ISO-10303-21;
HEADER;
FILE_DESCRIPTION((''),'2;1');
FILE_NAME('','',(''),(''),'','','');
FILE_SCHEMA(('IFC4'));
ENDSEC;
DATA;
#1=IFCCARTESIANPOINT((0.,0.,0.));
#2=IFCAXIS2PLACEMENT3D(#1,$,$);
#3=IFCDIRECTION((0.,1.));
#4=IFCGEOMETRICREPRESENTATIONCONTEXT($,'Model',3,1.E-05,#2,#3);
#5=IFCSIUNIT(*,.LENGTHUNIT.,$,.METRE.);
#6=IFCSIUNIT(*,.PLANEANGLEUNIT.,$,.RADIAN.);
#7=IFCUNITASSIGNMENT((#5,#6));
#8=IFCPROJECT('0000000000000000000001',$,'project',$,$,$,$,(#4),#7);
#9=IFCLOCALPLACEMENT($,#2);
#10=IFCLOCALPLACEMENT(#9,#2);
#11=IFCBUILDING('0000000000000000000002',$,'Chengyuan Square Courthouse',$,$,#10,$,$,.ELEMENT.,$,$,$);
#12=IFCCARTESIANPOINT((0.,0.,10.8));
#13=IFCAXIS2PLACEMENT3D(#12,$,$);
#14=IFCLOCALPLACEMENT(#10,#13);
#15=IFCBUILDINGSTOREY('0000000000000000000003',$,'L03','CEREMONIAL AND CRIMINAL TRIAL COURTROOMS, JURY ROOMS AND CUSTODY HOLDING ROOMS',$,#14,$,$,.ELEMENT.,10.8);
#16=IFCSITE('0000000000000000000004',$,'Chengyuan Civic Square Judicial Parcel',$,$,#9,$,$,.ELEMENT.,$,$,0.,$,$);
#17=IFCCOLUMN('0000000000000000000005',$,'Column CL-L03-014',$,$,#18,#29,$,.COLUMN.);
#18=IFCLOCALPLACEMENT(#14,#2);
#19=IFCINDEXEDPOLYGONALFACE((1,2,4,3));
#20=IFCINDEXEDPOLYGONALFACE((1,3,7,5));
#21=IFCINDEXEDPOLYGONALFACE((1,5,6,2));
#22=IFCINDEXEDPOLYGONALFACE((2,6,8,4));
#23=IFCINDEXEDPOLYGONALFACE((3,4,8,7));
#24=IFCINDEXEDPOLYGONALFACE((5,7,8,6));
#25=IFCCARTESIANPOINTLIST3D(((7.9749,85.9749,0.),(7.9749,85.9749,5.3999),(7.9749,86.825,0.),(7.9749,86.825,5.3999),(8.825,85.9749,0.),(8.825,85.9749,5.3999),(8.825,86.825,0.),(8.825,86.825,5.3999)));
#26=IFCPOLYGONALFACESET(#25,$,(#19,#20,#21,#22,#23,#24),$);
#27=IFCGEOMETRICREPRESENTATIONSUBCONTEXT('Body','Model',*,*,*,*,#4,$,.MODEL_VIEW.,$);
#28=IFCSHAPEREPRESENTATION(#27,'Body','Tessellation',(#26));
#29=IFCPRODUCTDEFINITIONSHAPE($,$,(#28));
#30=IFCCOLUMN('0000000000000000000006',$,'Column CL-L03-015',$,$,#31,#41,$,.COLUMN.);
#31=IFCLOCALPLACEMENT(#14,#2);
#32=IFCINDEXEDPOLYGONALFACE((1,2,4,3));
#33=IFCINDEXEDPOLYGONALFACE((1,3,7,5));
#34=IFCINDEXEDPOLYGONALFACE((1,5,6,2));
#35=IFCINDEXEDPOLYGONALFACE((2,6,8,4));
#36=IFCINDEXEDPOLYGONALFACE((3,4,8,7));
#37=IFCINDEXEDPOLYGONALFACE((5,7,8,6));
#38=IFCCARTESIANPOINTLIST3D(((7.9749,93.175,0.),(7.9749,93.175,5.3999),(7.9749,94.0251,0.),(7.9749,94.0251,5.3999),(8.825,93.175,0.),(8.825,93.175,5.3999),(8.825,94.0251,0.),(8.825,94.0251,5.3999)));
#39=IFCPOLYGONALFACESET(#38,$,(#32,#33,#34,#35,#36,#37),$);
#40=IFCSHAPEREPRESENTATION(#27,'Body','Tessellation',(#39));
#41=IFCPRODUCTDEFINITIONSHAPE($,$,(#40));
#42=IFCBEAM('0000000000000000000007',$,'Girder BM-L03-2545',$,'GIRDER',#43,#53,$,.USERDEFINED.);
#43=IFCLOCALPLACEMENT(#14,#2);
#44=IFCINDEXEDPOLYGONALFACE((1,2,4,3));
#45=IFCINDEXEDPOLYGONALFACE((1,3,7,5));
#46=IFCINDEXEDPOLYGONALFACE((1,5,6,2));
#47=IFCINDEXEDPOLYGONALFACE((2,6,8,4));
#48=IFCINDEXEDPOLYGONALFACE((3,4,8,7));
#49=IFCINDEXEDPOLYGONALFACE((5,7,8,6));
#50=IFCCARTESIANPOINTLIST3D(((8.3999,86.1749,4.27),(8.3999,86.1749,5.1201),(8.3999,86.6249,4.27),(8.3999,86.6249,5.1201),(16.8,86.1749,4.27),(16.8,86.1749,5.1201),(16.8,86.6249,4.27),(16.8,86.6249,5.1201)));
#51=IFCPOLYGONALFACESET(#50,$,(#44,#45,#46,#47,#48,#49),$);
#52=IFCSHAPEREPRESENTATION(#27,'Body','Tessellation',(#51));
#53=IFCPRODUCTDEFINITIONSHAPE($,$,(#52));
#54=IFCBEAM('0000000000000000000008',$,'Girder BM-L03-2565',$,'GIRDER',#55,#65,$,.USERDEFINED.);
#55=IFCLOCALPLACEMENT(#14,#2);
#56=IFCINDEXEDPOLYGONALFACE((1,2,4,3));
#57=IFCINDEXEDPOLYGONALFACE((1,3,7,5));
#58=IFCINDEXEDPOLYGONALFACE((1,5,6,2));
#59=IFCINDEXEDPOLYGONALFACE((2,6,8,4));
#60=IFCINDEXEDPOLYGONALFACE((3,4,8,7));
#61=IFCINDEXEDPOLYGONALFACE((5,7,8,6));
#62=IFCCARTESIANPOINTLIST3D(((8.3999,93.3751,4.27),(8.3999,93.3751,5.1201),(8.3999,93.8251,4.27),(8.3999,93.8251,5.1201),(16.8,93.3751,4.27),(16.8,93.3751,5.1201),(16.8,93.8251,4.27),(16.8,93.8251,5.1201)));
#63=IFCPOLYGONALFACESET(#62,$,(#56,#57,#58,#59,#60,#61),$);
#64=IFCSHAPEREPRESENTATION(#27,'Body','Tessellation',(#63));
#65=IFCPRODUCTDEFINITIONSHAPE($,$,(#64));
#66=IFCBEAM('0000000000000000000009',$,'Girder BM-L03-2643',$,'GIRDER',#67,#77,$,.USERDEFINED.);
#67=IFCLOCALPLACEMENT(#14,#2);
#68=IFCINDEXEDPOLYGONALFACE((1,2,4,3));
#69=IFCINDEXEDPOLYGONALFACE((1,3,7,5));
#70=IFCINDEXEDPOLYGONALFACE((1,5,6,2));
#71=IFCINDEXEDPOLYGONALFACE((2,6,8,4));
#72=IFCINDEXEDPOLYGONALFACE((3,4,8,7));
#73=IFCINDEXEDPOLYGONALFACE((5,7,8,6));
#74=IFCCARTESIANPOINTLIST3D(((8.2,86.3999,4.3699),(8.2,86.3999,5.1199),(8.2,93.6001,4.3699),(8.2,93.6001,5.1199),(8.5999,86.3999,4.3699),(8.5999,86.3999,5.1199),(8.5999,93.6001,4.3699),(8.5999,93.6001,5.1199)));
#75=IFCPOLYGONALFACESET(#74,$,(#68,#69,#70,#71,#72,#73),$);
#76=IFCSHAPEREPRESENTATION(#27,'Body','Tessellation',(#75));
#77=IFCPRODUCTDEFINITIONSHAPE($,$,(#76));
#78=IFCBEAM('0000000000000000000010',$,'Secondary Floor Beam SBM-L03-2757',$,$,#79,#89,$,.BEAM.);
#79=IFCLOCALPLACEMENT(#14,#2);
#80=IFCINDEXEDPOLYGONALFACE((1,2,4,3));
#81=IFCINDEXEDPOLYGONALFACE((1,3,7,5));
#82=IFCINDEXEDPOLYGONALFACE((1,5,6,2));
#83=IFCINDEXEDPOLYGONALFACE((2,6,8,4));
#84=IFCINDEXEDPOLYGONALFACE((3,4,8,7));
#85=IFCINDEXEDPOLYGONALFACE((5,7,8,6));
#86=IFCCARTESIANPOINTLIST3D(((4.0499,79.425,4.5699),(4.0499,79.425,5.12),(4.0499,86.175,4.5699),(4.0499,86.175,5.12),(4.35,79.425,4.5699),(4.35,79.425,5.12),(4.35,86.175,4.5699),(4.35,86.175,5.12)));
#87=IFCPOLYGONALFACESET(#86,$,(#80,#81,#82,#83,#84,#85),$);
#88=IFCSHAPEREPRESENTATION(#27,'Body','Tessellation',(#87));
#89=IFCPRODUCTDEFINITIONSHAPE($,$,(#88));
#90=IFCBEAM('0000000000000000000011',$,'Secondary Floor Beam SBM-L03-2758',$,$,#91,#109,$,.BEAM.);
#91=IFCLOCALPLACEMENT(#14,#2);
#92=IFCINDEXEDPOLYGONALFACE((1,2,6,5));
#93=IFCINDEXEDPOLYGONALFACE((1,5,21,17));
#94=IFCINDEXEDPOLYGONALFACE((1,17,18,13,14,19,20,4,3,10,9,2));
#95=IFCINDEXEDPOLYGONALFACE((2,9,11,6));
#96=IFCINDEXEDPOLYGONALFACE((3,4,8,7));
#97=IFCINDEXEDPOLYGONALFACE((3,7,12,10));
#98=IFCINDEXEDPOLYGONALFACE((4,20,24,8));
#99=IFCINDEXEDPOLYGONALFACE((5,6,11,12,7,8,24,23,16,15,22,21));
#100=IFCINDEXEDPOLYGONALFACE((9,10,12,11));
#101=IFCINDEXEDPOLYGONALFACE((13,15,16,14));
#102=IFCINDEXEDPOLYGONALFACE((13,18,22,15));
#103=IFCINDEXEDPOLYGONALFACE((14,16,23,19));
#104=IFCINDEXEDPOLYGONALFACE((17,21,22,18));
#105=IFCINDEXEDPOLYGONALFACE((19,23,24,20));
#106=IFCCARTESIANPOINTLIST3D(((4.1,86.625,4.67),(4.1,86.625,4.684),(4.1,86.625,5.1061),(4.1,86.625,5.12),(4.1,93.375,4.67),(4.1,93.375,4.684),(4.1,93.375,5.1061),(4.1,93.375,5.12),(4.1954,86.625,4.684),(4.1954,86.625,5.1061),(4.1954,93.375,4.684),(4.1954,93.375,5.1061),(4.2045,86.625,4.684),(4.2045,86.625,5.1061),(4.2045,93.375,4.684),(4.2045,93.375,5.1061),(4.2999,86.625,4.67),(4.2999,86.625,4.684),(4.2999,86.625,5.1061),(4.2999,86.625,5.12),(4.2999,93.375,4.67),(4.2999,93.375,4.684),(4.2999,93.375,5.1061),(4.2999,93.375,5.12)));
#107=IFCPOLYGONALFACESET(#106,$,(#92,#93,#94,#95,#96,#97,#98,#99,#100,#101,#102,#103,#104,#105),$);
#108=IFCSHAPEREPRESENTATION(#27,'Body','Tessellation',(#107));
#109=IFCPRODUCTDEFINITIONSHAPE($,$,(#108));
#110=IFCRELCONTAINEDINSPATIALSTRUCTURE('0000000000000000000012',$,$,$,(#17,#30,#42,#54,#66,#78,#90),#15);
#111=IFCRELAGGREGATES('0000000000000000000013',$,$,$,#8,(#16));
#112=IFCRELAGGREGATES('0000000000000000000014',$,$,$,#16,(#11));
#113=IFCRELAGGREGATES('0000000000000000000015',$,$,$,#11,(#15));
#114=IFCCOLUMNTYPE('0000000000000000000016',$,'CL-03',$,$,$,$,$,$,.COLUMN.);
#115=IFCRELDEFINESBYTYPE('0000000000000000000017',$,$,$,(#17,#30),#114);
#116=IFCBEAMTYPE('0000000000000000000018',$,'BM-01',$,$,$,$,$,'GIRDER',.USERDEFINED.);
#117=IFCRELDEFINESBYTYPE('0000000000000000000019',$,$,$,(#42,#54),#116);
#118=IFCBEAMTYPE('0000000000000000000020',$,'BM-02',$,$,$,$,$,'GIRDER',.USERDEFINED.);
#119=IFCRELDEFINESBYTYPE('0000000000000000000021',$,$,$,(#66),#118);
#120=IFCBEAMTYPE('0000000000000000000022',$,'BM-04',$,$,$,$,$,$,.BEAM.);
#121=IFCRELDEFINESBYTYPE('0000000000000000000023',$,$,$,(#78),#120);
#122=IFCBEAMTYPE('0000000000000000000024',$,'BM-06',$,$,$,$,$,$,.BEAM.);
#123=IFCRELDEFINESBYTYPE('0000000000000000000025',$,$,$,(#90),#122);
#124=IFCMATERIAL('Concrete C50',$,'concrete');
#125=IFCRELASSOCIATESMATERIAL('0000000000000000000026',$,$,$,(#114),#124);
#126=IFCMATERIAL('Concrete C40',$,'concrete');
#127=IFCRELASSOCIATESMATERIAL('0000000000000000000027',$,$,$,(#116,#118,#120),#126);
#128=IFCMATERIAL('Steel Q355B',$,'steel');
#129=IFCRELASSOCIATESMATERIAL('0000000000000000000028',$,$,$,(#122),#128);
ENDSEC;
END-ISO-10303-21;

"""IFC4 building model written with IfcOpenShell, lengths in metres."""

from ifc_helpers import new_model, si_unit, direction, frame, origin, origin_2d, place, context, subcontext, project, spatial, rectangle, i_section, extrude, material, material_profile, profile_set, type_object, element, save


model = new_model("IFC4")

# Units and contexts
model_context = context("Model", 3, precision=1e-05, world=origin(), true_north=direction((0.0, 1.0)))
body_context = subcontext(model_context, "Body", "Model", "MODEL_VIEW")
ifc_project = project(units=[si_unit("LENGTHUNIT", "METRE"), si_unit("PLANEANGLEUNIT", "RADIAN")], contexts=[model_context])

# Site, building, storey
site_placement = place(None, origin())
site = spatial("IfcSite", under=ifc_project, at=site_placement, Name="Chengyuan Civic Square Judicial Parcel", CompositionType="ELEMENT", RefElevation=0.0)
building_placement = place(site_placement, origin())
building = spatial("IfcBuilding", under=site, at=building_placement, Name="Chengyuan Square Courthouse", CompositionType="ELEMENT")
storey_placement = place(building_placement, frame((0.0, 0.0, 10.8)))
storey = spatial("IfcBuildingStorey", under=building, at=storey_placement, Name="L03", Description="CEREMONIAL AND CRIMINAL TRIAL COURTROOMS, JURY ROOMS AND CUSTODY HOLDING ROOMS", CompositionType="ELEMENT", Elevation=10.8)

# Columns
ifc_material_1 = material(Name="Concrete C50", Category="concrete")
ifc_material_profile_1 = material_profile(ifc_material_1, rectangle(XDim=0.8501, YDim=0.8501, at=origin_2d()), Name="RC-COL-850x850")
ifc_profile_set_1 = profile_set([ifc_material_profile_1], Name="Concrete C50")
column_type = type_object("IfcColumnType", Name="CL-03", PredefinedType="COLUMN", material=ifc_profile_set_1)
for number, where, z_axis, x_axis, name in (
    (1, (8.3999, 86.3999, 0.0), (0.0, 0.0, 1.0), (1.0, 0.0, 0.0), "Column CL-L03-014"),
    (2, (8.3999, 93.6001, 0.0), (0.0, 0.0, 1.0), (1.0, 0.0, 0.0), "Column CL-L03-015"),
):
    element("IfcColumn", number, at=place(storey_placement, frame(where, z_axis=z_axis, x_axis=x_axis)), inside=storey, type_object=column_type, Name=name, PredefinedType="COLUMN", context=body_context, shape_type="SweptSolid", body=[
        extrude(rectangle(XDim=0.8501, YDim=0.8501, at=origin_2d()), origin(), (0.0, 0.0, 1.0), 5.3999),
    ])

# Beams
ifc_material_2 = material(Name="Concrete C40", Category="concrete")
ifc_material_profile_2 = material_profile(ifc_material_2, rectangle(XDim=0.45, YDim=0.8501, at=origin_2d()), Name="RC-BM-450x850")
ifc_profile_set_2 = profile_set([ifc_material_profile_2], Name="Concrete C40")
beam_type_1 = type_object("IfcBeamType", Name="BM-01", ElementType="GIRDER", PredefinedType="USERDEFINED", material=ifc_profile_set_2)
for number, where, z_axis, x_axis, name in (
    (3, (8.3999, 86.3999, 4.6951), (1.0, 0.0, 0.0), (0.0, 1.0, 0.0), "Girder BM-L03-2545"),
    (4, (8.3999, 93.6001, 4.6951), (1.0, 0.0, 0.0), (0.0, 1.0, 0.0), "Girder BM-L03-2565"),
):
    element("IfcBeam", number, at=place(storey_placement, frame(where, z_axis=z_axis, x_axis=x_axis)), inside=storey, type_object=beam_type_1, Name=name, ObjectType="GIRDER", PredefinedType="USERDEFINED", context=body_context, shape_type="SweptSolid", body=[
        extrude(rectangle(XDim=0.45, YDim=0.8501, at=origin_2d()), origin(), (0.0, 0.0, 1.0), 8.4001),
    ])
ifc_material_profile_3 = material_profile(ifc_material_2, rectangle(XDim=0.3999, YDim=0.75, at=origin_2d()), Name="RC-BM-400x750")
ifc_profile_set_3 = profile_set([ifc_material_profile_3], Name="Concrete C40")
beam_type_2 = type_object("IfcBeamType", Name="BM-02", ElementType="GIRDER", PredefinedType="USERDEFINED", material=ifc_profile_set_3)
beam_1_placement = place(storey_placement, frame((8.3999, 86.3999, 4.7449), z_axis=(0.0, 1.0, 0.0), x_axis=(-1.0, 0.0, 0.0)))
element("IfcBeam", 5, at=beam_1_placement, inside=storey, type_object=beam_type_2, Name="Girder BM-L03-2643", ObjectType="GIRDER", PredefinedType="USERDEFINED", context=body_context, shape_type="SweptSolid", body=[
    extrude(rectangle(XDim=0.3999, YDim=0.75, at=origin_2d()), origin(), (0.0, 0.0, 1.0), 7.2002),
])
ifc_material_profile_4 = material_profile(ifc_material_2, rectangle(XDim=0.3, YDim=0.55, at=origin_2d()), Name="RC-BM-300x550")
ifc_profile_set_4 = profile_set([ifc_material_profile_4], Name="Concrete C40")
beam_type_3 = type_object("IfcBeamType", Name="BM-04", PredefinedType="BEAM", material=ifc_profile_set_4)
beam_2_placement = place(storey_placement, frame((4.2, 79.425, 4.845), z_axis=(0.0, 1.0, 0.0), x_axis=(-1.0, 0.0, 0.0)))
element("IfcBeam", 6, at=beam_2_placement, inside=storey, type_object=beam_type_3, Name="Secondary Floor Beam SBM-L03-2757", PredefinedType="BEAM", context=body_context, shape_type="SweptSolid", body=[
    extrude(rectangle(XDim=0.3, YDim=0.55, at=origin_2d()), origin(), (0.0, 0.0, 1.0), 6.75),
])
ifc_material_3 = material(Name="Steel Q355B", Category="steel")
ifc_material_profile_5 = material_profile(ifc_material_3, i_section(OverallWidth=0.2, OverallDepth=0.45, WebThickness=0.009, FlangeThickness=0.0139, at=origin_2d()), Name="HN 450x200x9x14")
ifc_profile_set_5 = profile_set([ifc_material_profile_5], Name="Steel Q355B")
beam_type_4 = type_object("IfcBeamType", Name="BM-06", PredefinedType="BEAM", material=ifc_profile_set_5)
beam_3_placement = place(storey_placement, frame((4.2, 86.625, 4.895), z_axis=(0.0, 1.0, 0.0), x_axis=(-1.0, 0.0, 0.0)))
element("IfcBeam", 7, at=beam_3_placement, inside=storey, type_object=beam_type_4, Name="Secondary Floor Beam SBM-L03-2758", PredefinedType="BEAM", context=body_context, shape_type="SweptSolid", body=[
    extrude(i_section(OverallWidth=0.2, OverallDepth=0.45, WebThickness=0.009, FlangeThickness=0.0139, at=origin_2d()), origin(), (0.0, 0.0, 1.0), 6.75),
])

save(model, "model.ifc")
